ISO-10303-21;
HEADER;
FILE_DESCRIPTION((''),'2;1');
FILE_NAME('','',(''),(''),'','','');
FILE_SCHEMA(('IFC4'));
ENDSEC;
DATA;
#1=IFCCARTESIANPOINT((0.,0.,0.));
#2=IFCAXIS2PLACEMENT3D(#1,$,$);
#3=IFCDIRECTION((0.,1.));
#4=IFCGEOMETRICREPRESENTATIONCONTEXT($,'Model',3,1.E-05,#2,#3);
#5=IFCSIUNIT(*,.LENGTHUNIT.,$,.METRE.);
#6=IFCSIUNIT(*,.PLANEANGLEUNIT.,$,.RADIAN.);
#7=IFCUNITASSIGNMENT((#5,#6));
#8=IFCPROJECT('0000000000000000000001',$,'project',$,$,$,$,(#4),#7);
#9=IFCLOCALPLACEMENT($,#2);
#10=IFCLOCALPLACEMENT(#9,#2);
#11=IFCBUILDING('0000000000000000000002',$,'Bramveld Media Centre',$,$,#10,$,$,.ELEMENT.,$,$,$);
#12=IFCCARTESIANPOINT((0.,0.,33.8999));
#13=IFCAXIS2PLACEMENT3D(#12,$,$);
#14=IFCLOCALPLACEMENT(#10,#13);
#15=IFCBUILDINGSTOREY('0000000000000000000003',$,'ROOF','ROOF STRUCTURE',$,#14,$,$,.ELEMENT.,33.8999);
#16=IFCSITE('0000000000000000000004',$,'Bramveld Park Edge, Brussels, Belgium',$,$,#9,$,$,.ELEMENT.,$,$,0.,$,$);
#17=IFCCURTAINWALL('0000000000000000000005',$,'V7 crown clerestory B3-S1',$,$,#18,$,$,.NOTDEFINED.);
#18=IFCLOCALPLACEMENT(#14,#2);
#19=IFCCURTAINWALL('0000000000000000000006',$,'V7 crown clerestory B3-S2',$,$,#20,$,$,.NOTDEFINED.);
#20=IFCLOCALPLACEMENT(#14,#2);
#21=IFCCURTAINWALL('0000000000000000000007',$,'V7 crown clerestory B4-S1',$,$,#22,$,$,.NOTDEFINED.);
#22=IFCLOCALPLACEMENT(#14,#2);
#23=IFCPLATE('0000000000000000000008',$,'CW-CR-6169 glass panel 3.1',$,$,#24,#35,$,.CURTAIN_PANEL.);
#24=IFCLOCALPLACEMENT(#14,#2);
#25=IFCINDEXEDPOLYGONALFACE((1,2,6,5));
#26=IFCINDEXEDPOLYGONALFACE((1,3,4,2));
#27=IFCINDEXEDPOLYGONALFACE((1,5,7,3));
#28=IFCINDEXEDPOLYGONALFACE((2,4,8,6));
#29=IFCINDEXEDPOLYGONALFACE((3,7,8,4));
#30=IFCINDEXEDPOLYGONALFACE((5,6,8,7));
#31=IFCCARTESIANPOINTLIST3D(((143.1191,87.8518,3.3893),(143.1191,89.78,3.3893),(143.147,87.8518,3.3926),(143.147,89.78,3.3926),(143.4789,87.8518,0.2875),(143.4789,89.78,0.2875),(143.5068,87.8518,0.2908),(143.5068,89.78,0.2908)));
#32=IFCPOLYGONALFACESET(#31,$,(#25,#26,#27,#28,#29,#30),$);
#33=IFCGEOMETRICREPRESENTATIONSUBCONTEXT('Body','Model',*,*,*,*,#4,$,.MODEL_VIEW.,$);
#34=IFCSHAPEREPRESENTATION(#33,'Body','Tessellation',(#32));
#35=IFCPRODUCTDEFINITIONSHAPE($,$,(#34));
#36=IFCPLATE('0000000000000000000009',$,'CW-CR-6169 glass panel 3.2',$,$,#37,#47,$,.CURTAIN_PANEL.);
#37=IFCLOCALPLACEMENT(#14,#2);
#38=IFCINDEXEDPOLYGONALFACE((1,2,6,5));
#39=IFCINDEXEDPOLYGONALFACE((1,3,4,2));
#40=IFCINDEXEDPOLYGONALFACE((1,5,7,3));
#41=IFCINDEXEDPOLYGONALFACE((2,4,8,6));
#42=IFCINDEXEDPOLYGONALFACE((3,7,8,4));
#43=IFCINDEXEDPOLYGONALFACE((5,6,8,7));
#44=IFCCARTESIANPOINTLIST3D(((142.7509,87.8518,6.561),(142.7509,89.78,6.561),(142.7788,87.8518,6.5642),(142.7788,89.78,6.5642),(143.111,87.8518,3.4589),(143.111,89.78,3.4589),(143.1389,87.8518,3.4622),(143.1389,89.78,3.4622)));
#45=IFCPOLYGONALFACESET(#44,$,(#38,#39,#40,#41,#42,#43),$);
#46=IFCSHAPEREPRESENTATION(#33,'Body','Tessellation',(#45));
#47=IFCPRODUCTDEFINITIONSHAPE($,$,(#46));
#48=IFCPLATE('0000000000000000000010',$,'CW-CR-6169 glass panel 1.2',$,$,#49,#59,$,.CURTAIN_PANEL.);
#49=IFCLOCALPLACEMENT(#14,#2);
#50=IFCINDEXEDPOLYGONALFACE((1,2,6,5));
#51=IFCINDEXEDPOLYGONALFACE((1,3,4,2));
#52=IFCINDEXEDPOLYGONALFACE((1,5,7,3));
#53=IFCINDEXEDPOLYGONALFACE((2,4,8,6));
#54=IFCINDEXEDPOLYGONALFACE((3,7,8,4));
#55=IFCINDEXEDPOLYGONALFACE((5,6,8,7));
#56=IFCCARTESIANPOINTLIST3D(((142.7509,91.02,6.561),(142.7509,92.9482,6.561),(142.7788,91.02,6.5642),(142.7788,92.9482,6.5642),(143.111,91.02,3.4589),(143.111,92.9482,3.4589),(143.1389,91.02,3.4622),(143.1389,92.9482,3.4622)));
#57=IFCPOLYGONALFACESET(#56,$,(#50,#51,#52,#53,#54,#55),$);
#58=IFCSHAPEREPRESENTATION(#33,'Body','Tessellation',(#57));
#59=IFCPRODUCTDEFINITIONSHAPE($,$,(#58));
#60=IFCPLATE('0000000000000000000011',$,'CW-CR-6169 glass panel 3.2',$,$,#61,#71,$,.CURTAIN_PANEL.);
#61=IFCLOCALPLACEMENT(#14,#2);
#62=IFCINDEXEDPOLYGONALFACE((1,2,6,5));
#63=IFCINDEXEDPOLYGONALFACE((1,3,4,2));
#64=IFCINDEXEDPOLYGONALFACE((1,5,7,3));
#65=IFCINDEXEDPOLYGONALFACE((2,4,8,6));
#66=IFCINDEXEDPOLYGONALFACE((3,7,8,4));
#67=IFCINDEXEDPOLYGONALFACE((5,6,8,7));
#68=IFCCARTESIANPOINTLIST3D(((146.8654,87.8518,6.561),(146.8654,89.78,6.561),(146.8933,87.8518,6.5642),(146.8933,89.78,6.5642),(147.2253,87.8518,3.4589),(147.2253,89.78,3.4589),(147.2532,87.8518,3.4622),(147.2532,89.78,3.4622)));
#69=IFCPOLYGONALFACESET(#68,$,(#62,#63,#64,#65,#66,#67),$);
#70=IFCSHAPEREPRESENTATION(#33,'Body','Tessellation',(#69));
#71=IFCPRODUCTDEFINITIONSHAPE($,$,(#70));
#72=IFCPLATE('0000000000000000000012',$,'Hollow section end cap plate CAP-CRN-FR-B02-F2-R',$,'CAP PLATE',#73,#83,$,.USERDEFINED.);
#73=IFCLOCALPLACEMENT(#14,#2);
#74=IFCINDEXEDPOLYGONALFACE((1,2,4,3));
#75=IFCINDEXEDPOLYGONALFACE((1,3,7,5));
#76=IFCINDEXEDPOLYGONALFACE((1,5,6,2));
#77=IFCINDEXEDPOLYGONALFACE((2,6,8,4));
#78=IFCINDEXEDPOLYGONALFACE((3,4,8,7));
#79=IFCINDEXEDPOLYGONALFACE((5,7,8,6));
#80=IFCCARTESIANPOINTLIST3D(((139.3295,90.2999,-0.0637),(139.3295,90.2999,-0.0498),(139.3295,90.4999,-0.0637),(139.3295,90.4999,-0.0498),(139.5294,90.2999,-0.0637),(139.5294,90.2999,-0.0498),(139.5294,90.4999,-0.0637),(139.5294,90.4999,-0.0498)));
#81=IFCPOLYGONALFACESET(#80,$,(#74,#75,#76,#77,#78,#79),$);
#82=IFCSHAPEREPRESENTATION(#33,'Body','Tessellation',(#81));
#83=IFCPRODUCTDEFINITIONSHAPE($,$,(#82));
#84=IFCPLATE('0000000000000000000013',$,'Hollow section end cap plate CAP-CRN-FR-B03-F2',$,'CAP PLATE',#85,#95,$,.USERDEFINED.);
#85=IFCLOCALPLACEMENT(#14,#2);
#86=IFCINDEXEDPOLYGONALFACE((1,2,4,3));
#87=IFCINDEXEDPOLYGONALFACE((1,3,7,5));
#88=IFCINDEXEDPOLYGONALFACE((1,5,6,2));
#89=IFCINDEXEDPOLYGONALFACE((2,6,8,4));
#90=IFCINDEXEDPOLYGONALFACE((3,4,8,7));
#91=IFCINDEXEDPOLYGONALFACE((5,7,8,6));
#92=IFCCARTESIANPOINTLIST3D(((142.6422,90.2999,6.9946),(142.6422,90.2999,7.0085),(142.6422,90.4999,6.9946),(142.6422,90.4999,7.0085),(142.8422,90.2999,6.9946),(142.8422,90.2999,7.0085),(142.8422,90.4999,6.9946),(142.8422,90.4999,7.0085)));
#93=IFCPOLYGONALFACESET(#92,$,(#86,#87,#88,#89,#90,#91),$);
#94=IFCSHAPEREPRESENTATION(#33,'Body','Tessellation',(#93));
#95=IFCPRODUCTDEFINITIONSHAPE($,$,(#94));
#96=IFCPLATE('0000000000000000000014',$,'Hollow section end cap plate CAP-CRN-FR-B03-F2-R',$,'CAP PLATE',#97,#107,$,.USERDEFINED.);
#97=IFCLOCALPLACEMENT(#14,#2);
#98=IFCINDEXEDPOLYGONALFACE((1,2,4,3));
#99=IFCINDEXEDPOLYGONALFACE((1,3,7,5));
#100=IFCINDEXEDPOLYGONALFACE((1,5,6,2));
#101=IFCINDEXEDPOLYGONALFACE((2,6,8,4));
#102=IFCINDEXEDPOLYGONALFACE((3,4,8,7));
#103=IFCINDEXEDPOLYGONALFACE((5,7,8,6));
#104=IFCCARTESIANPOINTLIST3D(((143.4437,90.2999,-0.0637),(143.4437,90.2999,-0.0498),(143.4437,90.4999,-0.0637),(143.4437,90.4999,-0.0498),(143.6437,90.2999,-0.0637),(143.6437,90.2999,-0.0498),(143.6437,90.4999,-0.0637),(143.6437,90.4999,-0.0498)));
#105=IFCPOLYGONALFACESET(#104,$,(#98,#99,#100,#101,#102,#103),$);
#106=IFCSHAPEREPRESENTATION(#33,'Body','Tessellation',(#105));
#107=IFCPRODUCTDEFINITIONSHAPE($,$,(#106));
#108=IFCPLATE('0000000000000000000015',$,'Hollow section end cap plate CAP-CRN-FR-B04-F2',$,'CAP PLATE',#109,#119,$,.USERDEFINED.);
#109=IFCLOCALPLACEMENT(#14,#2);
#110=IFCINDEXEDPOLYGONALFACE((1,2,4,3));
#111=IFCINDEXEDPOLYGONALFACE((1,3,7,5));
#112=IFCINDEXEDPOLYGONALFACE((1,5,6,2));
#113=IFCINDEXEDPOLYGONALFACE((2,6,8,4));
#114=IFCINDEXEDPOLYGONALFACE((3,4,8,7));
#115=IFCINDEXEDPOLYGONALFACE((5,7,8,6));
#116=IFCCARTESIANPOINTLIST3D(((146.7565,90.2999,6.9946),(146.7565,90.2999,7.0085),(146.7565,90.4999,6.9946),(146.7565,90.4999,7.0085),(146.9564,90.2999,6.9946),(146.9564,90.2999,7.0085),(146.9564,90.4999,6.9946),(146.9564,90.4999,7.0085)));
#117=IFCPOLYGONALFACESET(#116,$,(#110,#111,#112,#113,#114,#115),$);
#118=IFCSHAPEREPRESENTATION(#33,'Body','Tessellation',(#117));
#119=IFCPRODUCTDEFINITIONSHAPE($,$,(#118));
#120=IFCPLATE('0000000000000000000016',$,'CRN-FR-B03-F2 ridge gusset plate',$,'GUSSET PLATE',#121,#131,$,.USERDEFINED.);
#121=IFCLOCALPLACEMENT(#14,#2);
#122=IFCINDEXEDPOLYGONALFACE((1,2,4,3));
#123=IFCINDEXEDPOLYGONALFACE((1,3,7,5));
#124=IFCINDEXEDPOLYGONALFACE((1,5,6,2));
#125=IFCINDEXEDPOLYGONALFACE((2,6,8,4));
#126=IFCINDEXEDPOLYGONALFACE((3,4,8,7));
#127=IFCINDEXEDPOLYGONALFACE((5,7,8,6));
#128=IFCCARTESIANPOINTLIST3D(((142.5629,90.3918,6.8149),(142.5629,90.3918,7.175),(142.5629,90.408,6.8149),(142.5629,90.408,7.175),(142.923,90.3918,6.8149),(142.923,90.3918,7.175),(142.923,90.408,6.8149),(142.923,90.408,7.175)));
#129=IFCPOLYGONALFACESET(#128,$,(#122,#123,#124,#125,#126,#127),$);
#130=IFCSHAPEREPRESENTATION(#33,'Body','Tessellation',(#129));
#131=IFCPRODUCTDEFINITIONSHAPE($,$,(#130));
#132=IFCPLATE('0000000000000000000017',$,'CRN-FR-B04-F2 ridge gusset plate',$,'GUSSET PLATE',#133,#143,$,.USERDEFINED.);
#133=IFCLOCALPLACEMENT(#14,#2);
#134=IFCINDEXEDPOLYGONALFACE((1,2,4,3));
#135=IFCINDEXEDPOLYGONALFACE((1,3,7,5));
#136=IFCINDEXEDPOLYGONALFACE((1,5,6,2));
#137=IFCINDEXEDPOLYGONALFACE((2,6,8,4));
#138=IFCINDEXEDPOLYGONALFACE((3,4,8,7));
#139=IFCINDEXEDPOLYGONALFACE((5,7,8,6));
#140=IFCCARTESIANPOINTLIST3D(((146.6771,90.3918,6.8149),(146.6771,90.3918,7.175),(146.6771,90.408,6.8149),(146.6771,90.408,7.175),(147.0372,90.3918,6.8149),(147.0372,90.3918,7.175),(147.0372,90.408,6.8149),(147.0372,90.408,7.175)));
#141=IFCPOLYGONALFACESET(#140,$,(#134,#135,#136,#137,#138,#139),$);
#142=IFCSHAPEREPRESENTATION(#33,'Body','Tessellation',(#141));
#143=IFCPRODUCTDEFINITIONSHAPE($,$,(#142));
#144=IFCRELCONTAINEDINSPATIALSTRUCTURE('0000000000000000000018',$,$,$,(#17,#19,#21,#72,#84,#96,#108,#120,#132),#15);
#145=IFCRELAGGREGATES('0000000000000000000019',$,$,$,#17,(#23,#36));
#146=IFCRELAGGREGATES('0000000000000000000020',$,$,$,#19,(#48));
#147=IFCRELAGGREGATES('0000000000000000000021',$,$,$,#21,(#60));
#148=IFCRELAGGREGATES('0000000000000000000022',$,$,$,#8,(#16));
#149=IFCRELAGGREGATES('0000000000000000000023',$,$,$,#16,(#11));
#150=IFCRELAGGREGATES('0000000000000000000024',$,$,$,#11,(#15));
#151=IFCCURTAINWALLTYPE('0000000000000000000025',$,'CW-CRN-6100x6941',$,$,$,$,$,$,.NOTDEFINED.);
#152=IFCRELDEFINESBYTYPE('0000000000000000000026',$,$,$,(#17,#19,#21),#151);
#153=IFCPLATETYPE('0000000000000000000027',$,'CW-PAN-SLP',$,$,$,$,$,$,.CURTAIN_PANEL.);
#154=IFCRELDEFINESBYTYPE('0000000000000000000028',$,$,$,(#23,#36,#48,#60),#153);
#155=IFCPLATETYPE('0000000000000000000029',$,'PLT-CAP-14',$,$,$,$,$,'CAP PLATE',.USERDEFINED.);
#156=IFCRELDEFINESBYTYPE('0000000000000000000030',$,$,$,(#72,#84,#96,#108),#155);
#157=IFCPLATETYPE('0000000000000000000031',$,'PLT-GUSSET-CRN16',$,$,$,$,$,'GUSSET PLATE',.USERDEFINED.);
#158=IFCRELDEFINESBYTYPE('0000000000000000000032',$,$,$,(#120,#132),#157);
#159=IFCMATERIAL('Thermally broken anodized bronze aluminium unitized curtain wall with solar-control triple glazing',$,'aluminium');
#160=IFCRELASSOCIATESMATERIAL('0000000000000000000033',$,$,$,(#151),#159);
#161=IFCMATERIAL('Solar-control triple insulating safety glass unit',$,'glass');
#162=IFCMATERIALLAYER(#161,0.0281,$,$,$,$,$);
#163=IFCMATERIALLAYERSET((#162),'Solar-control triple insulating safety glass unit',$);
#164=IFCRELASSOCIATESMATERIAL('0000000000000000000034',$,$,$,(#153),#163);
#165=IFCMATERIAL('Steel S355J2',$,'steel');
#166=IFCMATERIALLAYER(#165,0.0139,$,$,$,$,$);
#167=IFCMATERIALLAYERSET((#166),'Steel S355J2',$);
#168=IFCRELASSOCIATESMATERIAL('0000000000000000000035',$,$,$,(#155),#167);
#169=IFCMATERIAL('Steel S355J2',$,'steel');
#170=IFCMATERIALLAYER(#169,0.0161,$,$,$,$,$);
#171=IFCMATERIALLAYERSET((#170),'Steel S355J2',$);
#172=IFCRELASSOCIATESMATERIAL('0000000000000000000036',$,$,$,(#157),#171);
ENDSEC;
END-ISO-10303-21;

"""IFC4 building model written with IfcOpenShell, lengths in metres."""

from ifc_helpers import new_model, si_unit, direction, frame, origin, origin_2d, place, context, subcontext, project, spatial, polyline, rectangle, outline, extrude, material, layer, layer_set, type_object, element, aggregate, save


model = new_model("IFC4")

# Units and contexts
model_context = context("Model", 3, precision=1e-05, world=origin(), true_north=direction((0.0, 1.0)))
body_context = subcontext(model_context, "Body", "Model", "MODEL_VIEW")
ifc_project = project(units=[si_unit("LENGTHUNIT", "METRE"), si_unit("PLANEANGLEUNIT", "RADIAN")], contexts=[model_context])

# Site, building, storey
site_placement = place(None, origin())
site = spatial("IfcSite", under=ifc_project, at=site_placement, Name="Bramveld Park Edge, Brussels, Belgium", CompositionType="ELEMENT", RefElevation=0.0)
building_placement = place(site_placement, origin())
building = spatial("IfcBuilding", under=site, at=building_placement, Name="Bramveld Media Centre", CompositionType="ELEMENT")
storey_placement = place(building_placement, frame((0.0, 0.0, 33.8999)))
storey = spatial("IfcBuildingStorey", under=building, at=storey_placement, Name="ROOF", Description="ROOF STRUCTURE", CompositionType="ELEMENT", Elevation=33.8999)

# Curtain walls
ifc_material_1 = material(Name="Thermally broken anodized bronze aluminium unitized curtain wall with solar-control triple glazing", Category="aluminium")
curtain_wall_type = type_object("IfcCurtainWallType", Name="CW-CRN-6100x6941", PredefinedType="NOTDEFINED", material=ifc_material_1)
curtain_wall_1_placement = place(storey_placement, origin())
curtain_wall_1 = element("IfcCurtainWall", 1, at=curtain_wall_1_placement, inside=storey, type_object=curtain_wall_type, Name="V7 crown clerestory B3-S1", PredefinedType="NOTDEFINED")
curtain_wall_2_placement = place(storey_placement, origin())
curtain_wall_2 = element("IfcCurtainWall", 2, at=curtain_wall_2_placement, inside=storey, type_object=curtain_wall_type, Name="V7 crown clerestory B3-S2", PredefinedType="NOTDEFINED")

# Curtain wall
curtain_wall_3_placement = place(storey_placement, origin())
curtain_wall_3 = element("IfcCurtainWall", 3, at=curtain_wall_3_placement, inside=storey, type_object=curtain_wall_type, Name="V7 crown clerestory B4-S1", PredefinedType="NOTDEFINED")

# Plates
ifc_material_2 = material(Name="Solar-control triple insulating safety glass unit", Category="glass")
ifc_layer_1 = layer(ifc_material_2, 0.0281)
ifc_layer_set_1 = layer_set([ifc_layer_1], Name="Solar-control triple insulating safety glass unit")
plate_type_1 = type_object("IfcPlateType", Name="CW-PAN-SLP", PredefinedType="CURTAIN_PANEL", material=ifc_layer_set_1)
plate_1_placement = place(storey_placement, frame((143.5068, 87.8518, 0.2908), z_axis=(0.993337, 0.0, 0.115244), x_axis=(0.0, 1.0, 0.0)))
plate_1 = element("IfcPlate", 4, at=plate_1_placement, type_object=plate_type_1, Name="CW-CR-6169 glass panel 3.1", PredefinedType="CURTAIN_PANEL", context=body_context, shape_type="SweptSolid", body=[
    extrude(outline(polyline([(0.0, 0.0), (1.9282, 0.0), (1.9282, 3.1226), (0.0, 3.1226), (0.0, 0.0)])), origin(), (0.0, 0.0, -1.0), 0.0281),
])
plate_2_placement = place(storey_placement, frame((143.1389, 87.8518, 3.4622), z_axis=(0.993329, 0.0, 0.115313), x_axis=(0.0, 1.0, 0.0)))
plate_2 = element("IfcPlate", 5, at=plate_2_placement, type_object=plate_type_1, Name="CW-CR-6169 glass panel 3.2", PredefinedType="CURTAIN_PANEL", context=body_context, shape_type="SweptSolid", body=[
    extrude(outline(polyline([(0.0, 0.0), (1.9282, 0.0), (1.9282, 3.1229), (0.0, 3.1229), (0.0, 0.0)])), origin(), (0.0, 0.0, -1.0), 0.0281),
])
aggregate(curtain_wall_1, [plate_1, plate_2])
plate_3_placement = place(storey_placement, frame((143.1389, 91.02, 3.4622), z_axis=(0.993329, 0.0, 0.115313), x_axis=(0.0, 1.0, 0.0)))
plate_3 = element("IfcPlate", 6, at=plate_3_placement, type_object=plate_type_1, Name="CW-CR-6169 glass panel 1.2", PredefinedType="CURTAIN_PANEL", context=body_context, shape_type="SweptSolid", body=[
    extrude(outline(polyline([(0.0, 0.0), (1.9282, 0.0), (1.9282, 3.1229), (0.0, 3.1229), (0.0, 0.0)])), origin(), (0.0, 0.0, -1.0), 0.0281),
])
aggregate(curtain_wall_2, [plate_3])
plate_4_placement = place(storey_placement, frame((147.2532, 87.8518, 3.4622), z_axis=(0.993338, 0.0, 0.115235), x_axis=(0.0, 1.0, 0.0)))
plate_4 = element("IfcPlate", 7, at=plate_4_placement, type_object=plate_type_1, Name="CW-CR-6169 glass panel 3.2", PredefinedType="CURTAIN_PANEL", context=body_context, shape_type="SweptSolid", body=[
    extrude(outline(polyline([(0.0, 0.0), (1.9282, 0.0), (1.9282, 3.1229), (0.0, 3.1229), (0.0, 0.0)])), origin(), (0.0, 0.0, -1.0), 0.0281),
])
aggregate(curtain_wall_3, [plate_4])

# Plates
ifc_material_3 = material(Name="Steel S355J2", Category="steel")
ifc_layer_2 = layer(ifc_material_3, 0.0139)
ifc_layer_set_2 = layer_set([ifc_layer_2], Name="Steel S355J2")
plate_type_2 = type_object("IfcPlateType", Name="PLT-CAP-14", ElementType="CAP PLATE", PredefinedType="USERDEFINED", material=ifc_layer_set_2)
for number, where, z_axis, x_axis, name in (
    (8, (139.4294, 90.3999, -0.0498), (0.0, 0.0, -1.0), (1.0, 0.0, 0.0), "Hollow section end cap plate CAP-CRN-FR-B02-F2-R"),
    (9, (142.7422, 90.3999, 6.9946), (0.0, 0.0, 1.0), (1.0, 0.0, 0.0), "Hollow section end cap plate CAP-CRN-FR-B03-F2"),
    (10, (143.5437, 90.3999, -0.0498), (0.0, 0.0, -1.0), (1.0, 0.0, 0.0), "Hollow section end cap plate CAP-CRN-FR-B03-F2-R"),
    (11, (146.8564, 90.3999, 6.9946), (0.0, 0.0, 1.0), (1.0, 0.0, 0.0), "Hollow section end cap plate CAP-CRN-FR-B04-F2"),
):
    element("IfcPlate", number, at=place(storey_placement, frame(where, z_axis=z_axis, x_axis=x_axis)), inside=storey, type_object=plate_type_2, Name=name, ObjectType="CAP PLATE", PredefinedType="USERDEFINED", context=body_context, shape_type="SweptSolid", body=[
        extrude(rectangle(XDim=0.2, YDim=0.2, at=origin_2d()), origin(), (0.0, 0.0, 1.0), 0.0139),
    ])
ifc_material_4 = material(Name="Steel S355J2", Category="steel")
ifc_layer_3 = layer(ifc_material_4, 0.0161)
ifc_layer_set_3 = layer_set([ifc_layer_3], Name="Steel S355J2")
plate_type_3 = type_object("IfcPlateType", Name="PLT-GUSSET-CRN16", ElementType="GUSSET PLATE", PredefinedType="USERDEFINED", material=ifc_layer_set_3)
for number, where, z_axis, x_axis, name in (
    (12, (142.7429, 90.3999, 6.8149), (0.0, 0.0, 1.0), (1.0, 0.0, 0.0), "CRN-FR-B03-F2 ridge gusset plate"),
    (13, (146.8572, 90.3999, 6.8149), (0.0, 0.0, 1.0), (1.0, 0.0, 0.0), "CRN-FR-B04-F2 ridge gusset plate"),
):
    element("IfcPlate", number, at=place(storey_placement, frame(where, z_axis=z_axis, x_axis=x_axis)), inside=storey, type_object=plate_type_3, Name=name, ObjectType="GUSSET PLATE", PredefinedType="USERDEFINED", context=body_context, shape_type="SweptSolid", body=[
        extrude(rectangle(XDim=0.3601, YDim=0.0161, at=origin_2d()), origin(), (0.0, 0.0, 1.0), 0.3601),
    ])

save(model, "model.ifc")
